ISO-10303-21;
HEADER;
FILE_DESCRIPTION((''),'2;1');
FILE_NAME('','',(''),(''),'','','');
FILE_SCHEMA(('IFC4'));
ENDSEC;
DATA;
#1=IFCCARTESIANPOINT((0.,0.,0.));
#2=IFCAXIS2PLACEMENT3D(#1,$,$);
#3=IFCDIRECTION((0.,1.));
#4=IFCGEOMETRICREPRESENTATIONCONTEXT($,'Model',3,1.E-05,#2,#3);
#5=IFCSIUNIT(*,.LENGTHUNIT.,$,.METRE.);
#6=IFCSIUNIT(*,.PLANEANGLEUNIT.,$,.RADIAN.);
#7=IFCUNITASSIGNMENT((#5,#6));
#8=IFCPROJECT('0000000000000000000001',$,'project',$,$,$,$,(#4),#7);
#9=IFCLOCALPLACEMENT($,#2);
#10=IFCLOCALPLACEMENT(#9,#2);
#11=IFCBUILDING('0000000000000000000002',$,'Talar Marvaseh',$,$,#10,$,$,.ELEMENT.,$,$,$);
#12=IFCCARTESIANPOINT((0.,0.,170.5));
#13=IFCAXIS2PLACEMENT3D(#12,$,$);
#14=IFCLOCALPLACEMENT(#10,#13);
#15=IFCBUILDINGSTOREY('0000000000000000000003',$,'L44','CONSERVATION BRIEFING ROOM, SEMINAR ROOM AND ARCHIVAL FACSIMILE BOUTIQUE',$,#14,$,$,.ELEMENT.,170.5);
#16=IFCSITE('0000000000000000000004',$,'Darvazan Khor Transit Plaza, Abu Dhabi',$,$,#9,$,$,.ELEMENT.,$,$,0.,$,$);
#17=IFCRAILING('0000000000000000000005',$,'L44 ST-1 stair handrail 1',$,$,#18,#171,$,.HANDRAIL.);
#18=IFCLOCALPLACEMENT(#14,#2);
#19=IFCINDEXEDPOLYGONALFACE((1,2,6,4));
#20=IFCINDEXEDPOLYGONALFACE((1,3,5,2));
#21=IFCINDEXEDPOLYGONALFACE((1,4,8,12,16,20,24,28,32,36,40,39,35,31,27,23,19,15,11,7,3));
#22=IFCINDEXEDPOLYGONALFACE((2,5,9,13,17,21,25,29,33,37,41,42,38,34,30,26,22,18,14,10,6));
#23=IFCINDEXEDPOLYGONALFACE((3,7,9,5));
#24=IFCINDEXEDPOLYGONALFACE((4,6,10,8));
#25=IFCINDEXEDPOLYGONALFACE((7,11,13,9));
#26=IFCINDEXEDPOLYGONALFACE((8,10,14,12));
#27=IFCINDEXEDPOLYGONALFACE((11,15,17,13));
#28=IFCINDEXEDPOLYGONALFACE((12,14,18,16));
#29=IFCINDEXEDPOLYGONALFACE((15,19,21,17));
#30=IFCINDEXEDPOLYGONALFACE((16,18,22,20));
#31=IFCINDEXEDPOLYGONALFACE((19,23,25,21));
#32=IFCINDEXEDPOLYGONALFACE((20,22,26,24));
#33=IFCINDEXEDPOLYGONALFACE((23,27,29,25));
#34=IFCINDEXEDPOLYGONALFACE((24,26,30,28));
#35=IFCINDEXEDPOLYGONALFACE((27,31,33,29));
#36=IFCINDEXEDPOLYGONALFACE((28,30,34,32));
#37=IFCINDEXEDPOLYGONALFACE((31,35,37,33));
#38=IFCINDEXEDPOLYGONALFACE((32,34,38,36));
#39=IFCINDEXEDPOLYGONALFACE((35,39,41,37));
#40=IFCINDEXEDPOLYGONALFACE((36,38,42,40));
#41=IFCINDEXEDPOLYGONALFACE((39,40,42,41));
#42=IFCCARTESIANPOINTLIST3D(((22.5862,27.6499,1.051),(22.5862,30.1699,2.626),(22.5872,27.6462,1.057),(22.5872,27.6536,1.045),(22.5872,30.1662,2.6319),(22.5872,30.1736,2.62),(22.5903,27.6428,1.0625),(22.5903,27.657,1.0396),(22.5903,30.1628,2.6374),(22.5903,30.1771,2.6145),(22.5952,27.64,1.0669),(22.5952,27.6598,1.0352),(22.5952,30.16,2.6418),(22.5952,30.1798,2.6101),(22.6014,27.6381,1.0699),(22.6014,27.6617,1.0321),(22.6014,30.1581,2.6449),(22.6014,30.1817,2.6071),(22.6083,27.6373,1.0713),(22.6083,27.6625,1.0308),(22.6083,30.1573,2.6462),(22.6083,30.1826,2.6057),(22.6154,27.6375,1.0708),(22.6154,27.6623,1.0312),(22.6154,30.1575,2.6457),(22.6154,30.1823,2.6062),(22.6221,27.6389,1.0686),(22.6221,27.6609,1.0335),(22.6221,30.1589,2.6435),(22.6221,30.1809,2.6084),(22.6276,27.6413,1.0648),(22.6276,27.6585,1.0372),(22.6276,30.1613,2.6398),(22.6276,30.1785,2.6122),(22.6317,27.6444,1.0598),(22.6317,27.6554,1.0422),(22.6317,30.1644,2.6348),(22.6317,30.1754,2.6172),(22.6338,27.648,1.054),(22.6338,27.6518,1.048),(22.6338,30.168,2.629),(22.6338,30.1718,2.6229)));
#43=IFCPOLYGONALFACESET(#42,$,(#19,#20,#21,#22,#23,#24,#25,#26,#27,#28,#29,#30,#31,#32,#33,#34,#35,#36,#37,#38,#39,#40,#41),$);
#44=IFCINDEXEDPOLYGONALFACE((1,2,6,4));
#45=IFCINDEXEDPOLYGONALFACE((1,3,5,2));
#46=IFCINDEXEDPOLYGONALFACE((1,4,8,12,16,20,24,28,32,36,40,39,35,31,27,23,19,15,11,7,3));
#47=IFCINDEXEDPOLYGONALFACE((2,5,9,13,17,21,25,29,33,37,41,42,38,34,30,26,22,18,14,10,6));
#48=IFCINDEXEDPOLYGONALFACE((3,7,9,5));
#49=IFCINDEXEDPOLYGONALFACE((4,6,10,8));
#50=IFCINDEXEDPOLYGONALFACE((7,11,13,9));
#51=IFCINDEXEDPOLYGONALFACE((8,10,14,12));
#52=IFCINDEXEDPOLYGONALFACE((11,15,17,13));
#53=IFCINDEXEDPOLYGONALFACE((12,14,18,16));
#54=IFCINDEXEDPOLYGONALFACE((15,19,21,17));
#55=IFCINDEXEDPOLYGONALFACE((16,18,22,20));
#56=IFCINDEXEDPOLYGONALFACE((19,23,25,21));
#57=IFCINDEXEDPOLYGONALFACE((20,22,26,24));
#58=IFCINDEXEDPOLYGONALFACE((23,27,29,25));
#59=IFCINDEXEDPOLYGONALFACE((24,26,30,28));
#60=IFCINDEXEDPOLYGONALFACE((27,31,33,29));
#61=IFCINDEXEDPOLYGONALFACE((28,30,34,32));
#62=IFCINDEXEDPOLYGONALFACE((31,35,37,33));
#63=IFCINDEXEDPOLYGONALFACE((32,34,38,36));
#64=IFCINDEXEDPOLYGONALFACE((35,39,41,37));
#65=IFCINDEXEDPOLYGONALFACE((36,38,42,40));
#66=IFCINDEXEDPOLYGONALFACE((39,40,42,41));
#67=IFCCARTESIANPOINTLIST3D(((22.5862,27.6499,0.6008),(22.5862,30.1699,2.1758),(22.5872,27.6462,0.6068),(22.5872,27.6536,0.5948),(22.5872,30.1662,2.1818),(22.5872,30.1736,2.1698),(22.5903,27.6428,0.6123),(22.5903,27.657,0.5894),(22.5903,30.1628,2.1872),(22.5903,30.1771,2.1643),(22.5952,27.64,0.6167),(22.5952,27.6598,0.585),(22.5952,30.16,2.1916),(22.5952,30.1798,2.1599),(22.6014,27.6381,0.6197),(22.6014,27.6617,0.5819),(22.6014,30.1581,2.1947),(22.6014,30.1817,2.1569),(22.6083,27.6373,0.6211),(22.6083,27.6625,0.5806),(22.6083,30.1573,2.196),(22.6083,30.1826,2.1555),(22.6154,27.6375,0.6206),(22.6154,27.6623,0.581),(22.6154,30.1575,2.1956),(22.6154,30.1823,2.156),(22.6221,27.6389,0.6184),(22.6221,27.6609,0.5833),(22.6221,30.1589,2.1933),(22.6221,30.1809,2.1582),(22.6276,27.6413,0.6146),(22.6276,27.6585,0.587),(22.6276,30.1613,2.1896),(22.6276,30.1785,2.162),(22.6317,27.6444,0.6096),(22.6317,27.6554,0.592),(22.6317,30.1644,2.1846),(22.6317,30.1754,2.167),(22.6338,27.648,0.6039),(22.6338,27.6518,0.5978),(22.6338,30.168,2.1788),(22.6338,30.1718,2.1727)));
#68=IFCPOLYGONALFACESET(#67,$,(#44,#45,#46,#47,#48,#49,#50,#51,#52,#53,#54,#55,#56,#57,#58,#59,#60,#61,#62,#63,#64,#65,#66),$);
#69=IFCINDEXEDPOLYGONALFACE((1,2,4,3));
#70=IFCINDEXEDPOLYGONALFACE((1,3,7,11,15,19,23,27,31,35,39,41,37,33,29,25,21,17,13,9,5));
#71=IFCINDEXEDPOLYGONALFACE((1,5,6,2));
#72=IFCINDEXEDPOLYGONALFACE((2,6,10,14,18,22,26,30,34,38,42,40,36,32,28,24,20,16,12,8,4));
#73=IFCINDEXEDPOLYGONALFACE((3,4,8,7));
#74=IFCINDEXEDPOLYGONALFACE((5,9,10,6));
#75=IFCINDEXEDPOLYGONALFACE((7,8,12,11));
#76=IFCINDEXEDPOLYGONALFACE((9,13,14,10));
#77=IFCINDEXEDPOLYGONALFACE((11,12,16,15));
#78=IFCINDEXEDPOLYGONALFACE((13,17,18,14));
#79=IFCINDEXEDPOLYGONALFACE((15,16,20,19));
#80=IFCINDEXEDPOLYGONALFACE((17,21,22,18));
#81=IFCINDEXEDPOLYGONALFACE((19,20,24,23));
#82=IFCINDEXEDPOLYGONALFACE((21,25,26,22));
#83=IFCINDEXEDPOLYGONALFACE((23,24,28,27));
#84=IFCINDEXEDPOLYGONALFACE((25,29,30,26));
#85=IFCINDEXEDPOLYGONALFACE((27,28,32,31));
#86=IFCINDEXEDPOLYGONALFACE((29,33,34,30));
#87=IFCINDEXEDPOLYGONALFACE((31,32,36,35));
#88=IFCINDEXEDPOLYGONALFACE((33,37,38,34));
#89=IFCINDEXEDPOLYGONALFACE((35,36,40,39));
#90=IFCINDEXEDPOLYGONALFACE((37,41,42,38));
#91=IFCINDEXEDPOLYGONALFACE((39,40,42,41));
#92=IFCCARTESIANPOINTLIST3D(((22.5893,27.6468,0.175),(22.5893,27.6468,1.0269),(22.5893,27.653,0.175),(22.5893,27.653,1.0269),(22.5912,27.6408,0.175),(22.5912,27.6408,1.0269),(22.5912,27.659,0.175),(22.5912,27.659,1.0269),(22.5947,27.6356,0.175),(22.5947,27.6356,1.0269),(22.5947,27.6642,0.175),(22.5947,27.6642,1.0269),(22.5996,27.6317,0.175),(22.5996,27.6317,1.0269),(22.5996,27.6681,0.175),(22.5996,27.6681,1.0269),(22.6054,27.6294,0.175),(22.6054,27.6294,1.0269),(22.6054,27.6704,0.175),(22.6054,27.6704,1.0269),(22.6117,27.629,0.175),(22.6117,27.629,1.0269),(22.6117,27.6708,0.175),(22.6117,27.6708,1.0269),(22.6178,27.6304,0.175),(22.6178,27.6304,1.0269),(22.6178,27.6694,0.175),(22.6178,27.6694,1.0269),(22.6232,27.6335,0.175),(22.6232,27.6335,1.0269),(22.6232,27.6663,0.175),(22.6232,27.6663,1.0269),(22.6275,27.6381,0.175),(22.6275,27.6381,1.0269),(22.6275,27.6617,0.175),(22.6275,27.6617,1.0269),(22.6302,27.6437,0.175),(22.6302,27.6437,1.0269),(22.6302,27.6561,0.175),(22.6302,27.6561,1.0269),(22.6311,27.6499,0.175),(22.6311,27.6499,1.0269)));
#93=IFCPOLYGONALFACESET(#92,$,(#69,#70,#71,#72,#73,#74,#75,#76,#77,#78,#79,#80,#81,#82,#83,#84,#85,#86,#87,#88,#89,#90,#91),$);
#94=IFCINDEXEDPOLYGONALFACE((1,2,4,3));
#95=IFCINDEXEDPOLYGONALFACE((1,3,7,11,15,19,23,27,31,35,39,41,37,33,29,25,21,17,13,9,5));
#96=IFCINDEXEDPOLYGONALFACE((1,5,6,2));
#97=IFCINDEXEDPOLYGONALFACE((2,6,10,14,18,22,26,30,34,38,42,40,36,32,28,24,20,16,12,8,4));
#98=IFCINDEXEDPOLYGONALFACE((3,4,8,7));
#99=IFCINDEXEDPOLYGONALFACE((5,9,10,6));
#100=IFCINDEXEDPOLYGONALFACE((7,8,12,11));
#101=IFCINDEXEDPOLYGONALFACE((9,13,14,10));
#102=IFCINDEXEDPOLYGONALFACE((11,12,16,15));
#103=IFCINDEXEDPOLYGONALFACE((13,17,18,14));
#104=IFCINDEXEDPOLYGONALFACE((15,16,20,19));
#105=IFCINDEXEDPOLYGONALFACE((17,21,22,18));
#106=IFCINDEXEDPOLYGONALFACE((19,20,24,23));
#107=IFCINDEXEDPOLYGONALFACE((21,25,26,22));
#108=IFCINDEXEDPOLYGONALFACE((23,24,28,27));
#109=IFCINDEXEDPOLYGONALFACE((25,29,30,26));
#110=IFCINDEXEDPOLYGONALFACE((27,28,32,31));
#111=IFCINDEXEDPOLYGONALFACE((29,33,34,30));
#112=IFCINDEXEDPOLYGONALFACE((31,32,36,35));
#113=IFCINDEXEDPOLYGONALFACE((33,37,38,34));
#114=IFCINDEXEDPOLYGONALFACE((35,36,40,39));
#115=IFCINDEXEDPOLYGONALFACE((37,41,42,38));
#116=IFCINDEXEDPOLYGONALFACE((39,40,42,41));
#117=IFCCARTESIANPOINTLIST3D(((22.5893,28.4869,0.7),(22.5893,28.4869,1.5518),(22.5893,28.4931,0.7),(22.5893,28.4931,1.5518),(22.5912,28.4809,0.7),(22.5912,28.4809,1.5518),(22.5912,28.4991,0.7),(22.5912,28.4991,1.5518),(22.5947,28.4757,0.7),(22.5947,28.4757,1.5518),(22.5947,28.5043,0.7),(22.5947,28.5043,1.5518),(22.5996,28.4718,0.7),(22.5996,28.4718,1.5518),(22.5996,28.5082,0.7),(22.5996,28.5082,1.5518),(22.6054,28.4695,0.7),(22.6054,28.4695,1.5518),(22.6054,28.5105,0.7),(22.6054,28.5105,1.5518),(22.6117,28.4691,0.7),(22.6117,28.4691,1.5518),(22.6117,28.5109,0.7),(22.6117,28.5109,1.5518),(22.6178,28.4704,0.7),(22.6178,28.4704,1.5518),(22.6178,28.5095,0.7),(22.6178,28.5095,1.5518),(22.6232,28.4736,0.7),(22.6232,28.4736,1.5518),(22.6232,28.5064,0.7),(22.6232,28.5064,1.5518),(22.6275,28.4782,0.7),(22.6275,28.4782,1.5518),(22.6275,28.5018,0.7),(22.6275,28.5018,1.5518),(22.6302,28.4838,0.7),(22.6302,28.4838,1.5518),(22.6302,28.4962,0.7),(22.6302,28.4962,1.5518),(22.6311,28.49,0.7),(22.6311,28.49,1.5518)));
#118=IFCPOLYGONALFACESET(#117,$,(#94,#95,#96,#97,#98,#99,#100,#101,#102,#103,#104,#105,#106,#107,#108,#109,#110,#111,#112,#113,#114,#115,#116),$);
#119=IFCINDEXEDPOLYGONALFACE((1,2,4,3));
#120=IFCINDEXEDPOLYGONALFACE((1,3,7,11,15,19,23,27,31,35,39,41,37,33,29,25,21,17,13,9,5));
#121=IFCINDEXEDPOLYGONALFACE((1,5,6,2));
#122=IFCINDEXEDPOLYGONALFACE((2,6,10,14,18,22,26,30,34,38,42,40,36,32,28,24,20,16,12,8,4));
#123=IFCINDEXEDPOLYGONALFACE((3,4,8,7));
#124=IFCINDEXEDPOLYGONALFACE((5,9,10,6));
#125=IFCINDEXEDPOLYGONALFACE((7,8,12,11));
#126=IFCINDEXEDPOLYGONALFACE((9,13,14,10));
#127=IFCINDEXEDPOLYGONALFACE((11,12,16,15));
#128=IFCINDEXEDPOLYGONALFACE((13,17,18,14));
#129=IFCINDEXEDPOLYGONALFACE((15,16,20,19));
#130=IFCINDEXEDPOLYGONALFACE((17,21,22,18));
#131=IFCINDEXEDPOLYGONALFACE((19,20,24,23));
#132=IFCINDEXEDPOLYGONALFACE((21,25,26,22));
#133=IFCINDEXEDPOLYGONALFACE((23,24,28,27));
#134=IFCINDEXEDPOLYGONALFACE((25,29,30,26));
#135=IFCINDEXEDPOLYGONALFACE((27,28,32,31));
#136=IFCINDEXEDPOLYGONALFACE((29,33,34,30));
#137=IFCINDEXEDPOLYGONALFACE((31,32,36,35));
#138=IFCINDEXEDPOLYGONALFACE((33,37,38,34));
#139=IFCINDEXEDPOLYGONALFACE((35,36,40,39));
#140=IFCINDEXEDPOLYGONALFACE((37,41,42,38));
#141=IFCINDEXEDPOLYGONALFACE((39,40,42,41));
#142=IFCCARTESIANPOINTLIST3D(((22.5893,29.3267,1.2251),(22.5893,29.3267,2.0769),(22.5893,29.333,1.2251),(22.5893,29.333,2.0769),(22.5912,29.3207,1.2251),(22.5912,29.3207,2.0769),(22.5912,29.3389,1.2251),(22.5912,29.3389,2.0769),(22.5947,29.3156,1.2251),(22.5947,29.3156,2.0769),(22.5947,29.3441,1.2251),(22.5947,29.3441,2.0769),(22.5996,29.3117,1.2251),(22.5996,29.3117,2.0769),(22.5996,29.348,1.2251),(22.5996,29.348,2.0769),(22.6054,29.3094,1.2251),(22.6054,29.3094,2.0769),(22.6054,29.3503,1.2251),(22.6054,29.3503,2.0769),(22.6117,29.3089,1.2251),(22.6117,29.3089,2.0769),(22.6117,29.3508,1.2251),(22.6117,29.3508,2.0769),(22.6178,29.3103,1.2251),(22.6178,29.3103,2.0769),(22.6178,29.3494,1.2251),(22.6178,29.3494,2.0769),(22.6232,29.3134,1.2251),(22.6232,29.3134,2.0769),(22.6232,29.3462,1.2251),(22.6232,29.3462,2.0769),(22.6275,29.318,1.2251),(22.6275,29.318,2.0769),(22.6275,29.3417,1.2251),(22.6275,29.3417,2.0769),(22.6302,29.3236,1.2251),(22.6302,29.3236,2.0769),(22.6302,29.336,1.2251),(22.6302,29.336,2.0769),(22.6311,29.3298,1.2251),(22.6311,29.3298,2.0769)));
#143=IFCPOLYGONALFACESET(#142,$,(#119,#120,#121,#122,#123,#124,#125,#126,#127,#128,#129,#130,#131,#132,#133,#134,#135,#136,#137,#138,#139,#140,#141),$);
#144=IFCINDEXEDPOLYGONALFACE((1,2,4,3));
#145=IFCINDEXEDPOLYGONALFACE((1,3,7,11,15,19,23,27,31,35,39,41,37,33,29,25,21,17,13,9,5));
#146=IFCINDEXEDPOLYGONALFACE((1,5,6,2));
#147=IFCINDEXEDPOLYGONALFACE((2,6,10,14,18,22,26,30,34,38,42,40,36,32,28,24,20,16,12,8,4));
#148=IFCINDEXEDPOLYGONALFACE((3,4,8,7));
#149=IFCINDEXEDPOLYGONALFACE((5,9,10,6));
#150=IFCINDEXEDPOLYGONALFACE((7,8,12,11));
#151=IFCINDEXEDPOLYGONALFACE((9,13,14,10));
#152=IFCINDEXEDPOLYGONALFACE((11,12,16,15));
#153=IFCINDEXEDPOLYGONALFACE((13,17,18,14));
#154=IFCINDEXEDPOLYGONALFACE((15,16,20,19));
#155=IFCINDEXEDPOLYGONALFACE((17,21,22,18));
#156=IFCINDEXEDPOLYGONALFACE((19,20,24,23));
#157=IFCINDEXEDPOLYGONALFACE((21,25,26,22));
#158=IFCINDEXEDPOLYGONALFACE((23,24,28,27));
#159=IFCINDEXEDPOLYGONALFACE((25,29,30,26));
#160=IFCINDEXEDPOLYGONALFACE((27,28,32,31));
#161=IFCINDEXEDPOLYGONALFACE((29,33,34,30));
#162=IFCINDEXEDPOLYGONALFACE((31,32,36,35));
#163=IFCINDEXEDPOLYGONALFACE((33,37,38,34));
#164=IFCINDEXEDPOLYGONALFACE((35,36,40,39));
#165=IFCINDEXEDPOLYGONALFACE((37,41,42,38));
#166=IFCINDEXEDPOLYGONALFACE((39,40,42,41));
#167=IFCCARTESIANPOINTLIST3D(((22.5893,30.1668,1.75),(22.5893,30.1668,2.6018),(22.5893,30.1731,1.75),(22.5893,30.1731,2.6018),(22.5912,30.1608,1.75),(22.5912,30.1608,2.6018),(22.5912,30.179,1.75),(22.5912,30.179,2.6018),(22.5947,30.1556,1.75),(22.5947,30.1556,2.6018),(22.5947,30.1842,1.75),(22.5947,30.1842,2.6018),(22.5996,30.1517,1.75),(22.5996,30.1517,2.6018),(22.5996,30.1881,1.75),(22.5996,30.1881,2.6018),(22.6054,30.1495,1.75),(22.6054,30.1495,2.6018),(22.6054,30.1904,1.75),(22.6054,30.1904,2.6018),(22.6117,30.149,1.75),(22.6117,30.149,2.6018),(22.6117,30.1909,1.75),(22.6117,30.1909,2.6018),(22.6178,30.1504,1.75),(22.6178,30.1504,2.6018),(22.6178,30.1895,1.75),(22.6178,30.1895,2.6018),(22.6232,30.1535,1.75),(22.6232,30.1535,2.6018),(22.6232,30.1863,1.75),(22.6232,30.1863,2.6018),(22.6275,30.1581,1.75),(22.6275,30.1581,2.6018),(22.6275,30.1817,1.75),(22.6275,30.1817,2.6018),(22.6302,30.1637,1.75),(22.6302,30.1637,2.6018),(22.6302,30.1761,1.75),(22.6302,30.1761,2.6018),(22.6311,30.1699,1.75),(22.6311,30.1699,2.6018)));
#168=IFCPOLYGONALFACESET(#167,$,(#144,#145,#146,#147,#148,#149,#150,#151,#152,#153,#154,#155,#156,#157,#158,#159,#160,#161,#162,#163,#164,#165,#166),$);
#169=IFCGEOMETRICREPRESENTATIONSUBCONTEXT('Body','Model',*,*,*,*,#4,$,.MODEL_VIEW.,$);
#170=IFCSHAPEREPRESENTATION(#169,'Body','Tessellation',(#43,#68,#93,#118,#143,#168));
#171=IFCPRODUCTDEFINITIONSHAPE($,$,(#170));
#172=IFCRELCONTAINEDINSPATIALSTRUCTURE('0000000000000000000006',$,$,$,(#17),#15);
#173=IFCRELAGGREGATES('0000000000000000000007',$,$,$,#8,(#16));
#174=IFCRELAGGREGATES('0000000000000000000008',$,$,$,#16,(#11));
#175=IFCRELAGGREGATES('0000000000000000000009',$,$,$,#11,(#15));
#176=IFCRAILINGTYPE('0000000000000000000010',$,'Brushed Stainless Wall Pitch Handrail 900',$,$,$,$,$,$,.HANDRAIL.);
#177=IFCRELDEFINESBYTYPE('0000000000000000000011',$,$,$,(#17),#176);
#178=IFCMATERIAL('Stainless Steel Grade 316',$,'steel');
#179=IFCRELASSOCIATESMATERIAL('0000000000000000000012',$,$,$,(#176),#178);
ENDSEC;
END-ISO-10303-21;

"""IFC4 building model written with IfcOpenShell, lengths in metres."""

from ifc_helpers import new_model, si_unit, direction, frame, origin, origin_2d, place, context, subcontext, project, spatial, circle, extrude, material, type_object, element, save


model = new_model("IFC4")

# Units and contexts
model_context = context("Model", 3, precision=1e-05, world=origin(), true_north=direction((0.0, 1.0)))
body_context = subcontext(model_context, "Body", "Model", "MODEL_VIEW")
ifc_project = project(units=[si_unit("LENGTHUNIT", "METRE"), si_unit("PLANEANGLEUNIT", "RADIAN")], contexts=[model_context])

# Site, building, storey
site_placement = place(None, origin())
site = spatial("IfcSite", under=ifc_project, at=site_placement, Name="Darvazan Khor Transit Plaza, Abu Dhabi", CompositionType="ELEMENT", RefElevation=0.0)
building_placement = place(site_placement, origin())
building = spatial("IfcBuilding", under=site, at=building_placement, Name="Talar Marvaseh", CompositionType="ELEMENT")
storey_placement = place(building_placement, frame((0.0, 0.0, 170.5)))
storey = spatial("IfcBuildingStorey", under=building, at=storey_placement, Name="L44", Description="CONSERVATION BRIEFING ROOM, SEMINAR ROOM AND ARCHIVAL FACSIMILE BOUTIQUE", CompositionType="ELEMENT", Elevation=170.5)

# Railing
ifc_material_1 = material(Name="Stainless Steel Grade 316", Category="steel")
railing_type_1 = type_object("IfcRailingType", Name="Brushed Stainless Wall Pitch Handrail 900", PredefinedType="HANDRAIL", material=ifc_material_1)
railing_1_placement = place(storey_placement, frame((22.6101, 27.6499, 0.175)))
element("IfcRailing", 1, at=railing_1_placement, inside=storey, type_object=railing_type_1, Name="L44 ST-1 stair handrail 1", PredefinedType="HANDRAIL", context=body_context, shape_type="SweptSolid", body=[
    extrude(circle(Radius=0.0239, at=origin_2d()), frame((0.0, 0.0, 0.876), z_axis=(0.0, 0.848008, 0.529984), x_axis=(-1.0, 0.0, 0.0)), (0.0, 0.0, 1.0), 2.9717),
    extrude(circle(Radius=0.0239, at=origin_2d()), frame((0.0, 0.0, 0.4258), z_axis=(0.0, 0.848008, 0.529984), x_axis=(-1.0, 0.0, 0.0)), (0.0, 0.0, 1.0), 2.9717),
    extrude(circle(Radius=0.021, at=origin_2d()), origin(), (0.0, 0.0, 1.0), 0.8518),
    extrude(circle(Radius=0.021, at=origin_2d()), frame((0.0, 0.8401, 0.5249)), (0.0, 0.0, 1.0), 0.8518),
    extrude(circle(Radius=0.021, at=origin_2d()), frame((0.0, 1.6799, 1.05)), (0.0, 0.0, 1.0), 0.8518),
    extrude(circle(Radius=0.021, at=origin_2d()), frame((0.0, 2.52, 1.575)), (0.0, 0.0, 1.0), 0.8518),
])

save(model, "model.ifc")
